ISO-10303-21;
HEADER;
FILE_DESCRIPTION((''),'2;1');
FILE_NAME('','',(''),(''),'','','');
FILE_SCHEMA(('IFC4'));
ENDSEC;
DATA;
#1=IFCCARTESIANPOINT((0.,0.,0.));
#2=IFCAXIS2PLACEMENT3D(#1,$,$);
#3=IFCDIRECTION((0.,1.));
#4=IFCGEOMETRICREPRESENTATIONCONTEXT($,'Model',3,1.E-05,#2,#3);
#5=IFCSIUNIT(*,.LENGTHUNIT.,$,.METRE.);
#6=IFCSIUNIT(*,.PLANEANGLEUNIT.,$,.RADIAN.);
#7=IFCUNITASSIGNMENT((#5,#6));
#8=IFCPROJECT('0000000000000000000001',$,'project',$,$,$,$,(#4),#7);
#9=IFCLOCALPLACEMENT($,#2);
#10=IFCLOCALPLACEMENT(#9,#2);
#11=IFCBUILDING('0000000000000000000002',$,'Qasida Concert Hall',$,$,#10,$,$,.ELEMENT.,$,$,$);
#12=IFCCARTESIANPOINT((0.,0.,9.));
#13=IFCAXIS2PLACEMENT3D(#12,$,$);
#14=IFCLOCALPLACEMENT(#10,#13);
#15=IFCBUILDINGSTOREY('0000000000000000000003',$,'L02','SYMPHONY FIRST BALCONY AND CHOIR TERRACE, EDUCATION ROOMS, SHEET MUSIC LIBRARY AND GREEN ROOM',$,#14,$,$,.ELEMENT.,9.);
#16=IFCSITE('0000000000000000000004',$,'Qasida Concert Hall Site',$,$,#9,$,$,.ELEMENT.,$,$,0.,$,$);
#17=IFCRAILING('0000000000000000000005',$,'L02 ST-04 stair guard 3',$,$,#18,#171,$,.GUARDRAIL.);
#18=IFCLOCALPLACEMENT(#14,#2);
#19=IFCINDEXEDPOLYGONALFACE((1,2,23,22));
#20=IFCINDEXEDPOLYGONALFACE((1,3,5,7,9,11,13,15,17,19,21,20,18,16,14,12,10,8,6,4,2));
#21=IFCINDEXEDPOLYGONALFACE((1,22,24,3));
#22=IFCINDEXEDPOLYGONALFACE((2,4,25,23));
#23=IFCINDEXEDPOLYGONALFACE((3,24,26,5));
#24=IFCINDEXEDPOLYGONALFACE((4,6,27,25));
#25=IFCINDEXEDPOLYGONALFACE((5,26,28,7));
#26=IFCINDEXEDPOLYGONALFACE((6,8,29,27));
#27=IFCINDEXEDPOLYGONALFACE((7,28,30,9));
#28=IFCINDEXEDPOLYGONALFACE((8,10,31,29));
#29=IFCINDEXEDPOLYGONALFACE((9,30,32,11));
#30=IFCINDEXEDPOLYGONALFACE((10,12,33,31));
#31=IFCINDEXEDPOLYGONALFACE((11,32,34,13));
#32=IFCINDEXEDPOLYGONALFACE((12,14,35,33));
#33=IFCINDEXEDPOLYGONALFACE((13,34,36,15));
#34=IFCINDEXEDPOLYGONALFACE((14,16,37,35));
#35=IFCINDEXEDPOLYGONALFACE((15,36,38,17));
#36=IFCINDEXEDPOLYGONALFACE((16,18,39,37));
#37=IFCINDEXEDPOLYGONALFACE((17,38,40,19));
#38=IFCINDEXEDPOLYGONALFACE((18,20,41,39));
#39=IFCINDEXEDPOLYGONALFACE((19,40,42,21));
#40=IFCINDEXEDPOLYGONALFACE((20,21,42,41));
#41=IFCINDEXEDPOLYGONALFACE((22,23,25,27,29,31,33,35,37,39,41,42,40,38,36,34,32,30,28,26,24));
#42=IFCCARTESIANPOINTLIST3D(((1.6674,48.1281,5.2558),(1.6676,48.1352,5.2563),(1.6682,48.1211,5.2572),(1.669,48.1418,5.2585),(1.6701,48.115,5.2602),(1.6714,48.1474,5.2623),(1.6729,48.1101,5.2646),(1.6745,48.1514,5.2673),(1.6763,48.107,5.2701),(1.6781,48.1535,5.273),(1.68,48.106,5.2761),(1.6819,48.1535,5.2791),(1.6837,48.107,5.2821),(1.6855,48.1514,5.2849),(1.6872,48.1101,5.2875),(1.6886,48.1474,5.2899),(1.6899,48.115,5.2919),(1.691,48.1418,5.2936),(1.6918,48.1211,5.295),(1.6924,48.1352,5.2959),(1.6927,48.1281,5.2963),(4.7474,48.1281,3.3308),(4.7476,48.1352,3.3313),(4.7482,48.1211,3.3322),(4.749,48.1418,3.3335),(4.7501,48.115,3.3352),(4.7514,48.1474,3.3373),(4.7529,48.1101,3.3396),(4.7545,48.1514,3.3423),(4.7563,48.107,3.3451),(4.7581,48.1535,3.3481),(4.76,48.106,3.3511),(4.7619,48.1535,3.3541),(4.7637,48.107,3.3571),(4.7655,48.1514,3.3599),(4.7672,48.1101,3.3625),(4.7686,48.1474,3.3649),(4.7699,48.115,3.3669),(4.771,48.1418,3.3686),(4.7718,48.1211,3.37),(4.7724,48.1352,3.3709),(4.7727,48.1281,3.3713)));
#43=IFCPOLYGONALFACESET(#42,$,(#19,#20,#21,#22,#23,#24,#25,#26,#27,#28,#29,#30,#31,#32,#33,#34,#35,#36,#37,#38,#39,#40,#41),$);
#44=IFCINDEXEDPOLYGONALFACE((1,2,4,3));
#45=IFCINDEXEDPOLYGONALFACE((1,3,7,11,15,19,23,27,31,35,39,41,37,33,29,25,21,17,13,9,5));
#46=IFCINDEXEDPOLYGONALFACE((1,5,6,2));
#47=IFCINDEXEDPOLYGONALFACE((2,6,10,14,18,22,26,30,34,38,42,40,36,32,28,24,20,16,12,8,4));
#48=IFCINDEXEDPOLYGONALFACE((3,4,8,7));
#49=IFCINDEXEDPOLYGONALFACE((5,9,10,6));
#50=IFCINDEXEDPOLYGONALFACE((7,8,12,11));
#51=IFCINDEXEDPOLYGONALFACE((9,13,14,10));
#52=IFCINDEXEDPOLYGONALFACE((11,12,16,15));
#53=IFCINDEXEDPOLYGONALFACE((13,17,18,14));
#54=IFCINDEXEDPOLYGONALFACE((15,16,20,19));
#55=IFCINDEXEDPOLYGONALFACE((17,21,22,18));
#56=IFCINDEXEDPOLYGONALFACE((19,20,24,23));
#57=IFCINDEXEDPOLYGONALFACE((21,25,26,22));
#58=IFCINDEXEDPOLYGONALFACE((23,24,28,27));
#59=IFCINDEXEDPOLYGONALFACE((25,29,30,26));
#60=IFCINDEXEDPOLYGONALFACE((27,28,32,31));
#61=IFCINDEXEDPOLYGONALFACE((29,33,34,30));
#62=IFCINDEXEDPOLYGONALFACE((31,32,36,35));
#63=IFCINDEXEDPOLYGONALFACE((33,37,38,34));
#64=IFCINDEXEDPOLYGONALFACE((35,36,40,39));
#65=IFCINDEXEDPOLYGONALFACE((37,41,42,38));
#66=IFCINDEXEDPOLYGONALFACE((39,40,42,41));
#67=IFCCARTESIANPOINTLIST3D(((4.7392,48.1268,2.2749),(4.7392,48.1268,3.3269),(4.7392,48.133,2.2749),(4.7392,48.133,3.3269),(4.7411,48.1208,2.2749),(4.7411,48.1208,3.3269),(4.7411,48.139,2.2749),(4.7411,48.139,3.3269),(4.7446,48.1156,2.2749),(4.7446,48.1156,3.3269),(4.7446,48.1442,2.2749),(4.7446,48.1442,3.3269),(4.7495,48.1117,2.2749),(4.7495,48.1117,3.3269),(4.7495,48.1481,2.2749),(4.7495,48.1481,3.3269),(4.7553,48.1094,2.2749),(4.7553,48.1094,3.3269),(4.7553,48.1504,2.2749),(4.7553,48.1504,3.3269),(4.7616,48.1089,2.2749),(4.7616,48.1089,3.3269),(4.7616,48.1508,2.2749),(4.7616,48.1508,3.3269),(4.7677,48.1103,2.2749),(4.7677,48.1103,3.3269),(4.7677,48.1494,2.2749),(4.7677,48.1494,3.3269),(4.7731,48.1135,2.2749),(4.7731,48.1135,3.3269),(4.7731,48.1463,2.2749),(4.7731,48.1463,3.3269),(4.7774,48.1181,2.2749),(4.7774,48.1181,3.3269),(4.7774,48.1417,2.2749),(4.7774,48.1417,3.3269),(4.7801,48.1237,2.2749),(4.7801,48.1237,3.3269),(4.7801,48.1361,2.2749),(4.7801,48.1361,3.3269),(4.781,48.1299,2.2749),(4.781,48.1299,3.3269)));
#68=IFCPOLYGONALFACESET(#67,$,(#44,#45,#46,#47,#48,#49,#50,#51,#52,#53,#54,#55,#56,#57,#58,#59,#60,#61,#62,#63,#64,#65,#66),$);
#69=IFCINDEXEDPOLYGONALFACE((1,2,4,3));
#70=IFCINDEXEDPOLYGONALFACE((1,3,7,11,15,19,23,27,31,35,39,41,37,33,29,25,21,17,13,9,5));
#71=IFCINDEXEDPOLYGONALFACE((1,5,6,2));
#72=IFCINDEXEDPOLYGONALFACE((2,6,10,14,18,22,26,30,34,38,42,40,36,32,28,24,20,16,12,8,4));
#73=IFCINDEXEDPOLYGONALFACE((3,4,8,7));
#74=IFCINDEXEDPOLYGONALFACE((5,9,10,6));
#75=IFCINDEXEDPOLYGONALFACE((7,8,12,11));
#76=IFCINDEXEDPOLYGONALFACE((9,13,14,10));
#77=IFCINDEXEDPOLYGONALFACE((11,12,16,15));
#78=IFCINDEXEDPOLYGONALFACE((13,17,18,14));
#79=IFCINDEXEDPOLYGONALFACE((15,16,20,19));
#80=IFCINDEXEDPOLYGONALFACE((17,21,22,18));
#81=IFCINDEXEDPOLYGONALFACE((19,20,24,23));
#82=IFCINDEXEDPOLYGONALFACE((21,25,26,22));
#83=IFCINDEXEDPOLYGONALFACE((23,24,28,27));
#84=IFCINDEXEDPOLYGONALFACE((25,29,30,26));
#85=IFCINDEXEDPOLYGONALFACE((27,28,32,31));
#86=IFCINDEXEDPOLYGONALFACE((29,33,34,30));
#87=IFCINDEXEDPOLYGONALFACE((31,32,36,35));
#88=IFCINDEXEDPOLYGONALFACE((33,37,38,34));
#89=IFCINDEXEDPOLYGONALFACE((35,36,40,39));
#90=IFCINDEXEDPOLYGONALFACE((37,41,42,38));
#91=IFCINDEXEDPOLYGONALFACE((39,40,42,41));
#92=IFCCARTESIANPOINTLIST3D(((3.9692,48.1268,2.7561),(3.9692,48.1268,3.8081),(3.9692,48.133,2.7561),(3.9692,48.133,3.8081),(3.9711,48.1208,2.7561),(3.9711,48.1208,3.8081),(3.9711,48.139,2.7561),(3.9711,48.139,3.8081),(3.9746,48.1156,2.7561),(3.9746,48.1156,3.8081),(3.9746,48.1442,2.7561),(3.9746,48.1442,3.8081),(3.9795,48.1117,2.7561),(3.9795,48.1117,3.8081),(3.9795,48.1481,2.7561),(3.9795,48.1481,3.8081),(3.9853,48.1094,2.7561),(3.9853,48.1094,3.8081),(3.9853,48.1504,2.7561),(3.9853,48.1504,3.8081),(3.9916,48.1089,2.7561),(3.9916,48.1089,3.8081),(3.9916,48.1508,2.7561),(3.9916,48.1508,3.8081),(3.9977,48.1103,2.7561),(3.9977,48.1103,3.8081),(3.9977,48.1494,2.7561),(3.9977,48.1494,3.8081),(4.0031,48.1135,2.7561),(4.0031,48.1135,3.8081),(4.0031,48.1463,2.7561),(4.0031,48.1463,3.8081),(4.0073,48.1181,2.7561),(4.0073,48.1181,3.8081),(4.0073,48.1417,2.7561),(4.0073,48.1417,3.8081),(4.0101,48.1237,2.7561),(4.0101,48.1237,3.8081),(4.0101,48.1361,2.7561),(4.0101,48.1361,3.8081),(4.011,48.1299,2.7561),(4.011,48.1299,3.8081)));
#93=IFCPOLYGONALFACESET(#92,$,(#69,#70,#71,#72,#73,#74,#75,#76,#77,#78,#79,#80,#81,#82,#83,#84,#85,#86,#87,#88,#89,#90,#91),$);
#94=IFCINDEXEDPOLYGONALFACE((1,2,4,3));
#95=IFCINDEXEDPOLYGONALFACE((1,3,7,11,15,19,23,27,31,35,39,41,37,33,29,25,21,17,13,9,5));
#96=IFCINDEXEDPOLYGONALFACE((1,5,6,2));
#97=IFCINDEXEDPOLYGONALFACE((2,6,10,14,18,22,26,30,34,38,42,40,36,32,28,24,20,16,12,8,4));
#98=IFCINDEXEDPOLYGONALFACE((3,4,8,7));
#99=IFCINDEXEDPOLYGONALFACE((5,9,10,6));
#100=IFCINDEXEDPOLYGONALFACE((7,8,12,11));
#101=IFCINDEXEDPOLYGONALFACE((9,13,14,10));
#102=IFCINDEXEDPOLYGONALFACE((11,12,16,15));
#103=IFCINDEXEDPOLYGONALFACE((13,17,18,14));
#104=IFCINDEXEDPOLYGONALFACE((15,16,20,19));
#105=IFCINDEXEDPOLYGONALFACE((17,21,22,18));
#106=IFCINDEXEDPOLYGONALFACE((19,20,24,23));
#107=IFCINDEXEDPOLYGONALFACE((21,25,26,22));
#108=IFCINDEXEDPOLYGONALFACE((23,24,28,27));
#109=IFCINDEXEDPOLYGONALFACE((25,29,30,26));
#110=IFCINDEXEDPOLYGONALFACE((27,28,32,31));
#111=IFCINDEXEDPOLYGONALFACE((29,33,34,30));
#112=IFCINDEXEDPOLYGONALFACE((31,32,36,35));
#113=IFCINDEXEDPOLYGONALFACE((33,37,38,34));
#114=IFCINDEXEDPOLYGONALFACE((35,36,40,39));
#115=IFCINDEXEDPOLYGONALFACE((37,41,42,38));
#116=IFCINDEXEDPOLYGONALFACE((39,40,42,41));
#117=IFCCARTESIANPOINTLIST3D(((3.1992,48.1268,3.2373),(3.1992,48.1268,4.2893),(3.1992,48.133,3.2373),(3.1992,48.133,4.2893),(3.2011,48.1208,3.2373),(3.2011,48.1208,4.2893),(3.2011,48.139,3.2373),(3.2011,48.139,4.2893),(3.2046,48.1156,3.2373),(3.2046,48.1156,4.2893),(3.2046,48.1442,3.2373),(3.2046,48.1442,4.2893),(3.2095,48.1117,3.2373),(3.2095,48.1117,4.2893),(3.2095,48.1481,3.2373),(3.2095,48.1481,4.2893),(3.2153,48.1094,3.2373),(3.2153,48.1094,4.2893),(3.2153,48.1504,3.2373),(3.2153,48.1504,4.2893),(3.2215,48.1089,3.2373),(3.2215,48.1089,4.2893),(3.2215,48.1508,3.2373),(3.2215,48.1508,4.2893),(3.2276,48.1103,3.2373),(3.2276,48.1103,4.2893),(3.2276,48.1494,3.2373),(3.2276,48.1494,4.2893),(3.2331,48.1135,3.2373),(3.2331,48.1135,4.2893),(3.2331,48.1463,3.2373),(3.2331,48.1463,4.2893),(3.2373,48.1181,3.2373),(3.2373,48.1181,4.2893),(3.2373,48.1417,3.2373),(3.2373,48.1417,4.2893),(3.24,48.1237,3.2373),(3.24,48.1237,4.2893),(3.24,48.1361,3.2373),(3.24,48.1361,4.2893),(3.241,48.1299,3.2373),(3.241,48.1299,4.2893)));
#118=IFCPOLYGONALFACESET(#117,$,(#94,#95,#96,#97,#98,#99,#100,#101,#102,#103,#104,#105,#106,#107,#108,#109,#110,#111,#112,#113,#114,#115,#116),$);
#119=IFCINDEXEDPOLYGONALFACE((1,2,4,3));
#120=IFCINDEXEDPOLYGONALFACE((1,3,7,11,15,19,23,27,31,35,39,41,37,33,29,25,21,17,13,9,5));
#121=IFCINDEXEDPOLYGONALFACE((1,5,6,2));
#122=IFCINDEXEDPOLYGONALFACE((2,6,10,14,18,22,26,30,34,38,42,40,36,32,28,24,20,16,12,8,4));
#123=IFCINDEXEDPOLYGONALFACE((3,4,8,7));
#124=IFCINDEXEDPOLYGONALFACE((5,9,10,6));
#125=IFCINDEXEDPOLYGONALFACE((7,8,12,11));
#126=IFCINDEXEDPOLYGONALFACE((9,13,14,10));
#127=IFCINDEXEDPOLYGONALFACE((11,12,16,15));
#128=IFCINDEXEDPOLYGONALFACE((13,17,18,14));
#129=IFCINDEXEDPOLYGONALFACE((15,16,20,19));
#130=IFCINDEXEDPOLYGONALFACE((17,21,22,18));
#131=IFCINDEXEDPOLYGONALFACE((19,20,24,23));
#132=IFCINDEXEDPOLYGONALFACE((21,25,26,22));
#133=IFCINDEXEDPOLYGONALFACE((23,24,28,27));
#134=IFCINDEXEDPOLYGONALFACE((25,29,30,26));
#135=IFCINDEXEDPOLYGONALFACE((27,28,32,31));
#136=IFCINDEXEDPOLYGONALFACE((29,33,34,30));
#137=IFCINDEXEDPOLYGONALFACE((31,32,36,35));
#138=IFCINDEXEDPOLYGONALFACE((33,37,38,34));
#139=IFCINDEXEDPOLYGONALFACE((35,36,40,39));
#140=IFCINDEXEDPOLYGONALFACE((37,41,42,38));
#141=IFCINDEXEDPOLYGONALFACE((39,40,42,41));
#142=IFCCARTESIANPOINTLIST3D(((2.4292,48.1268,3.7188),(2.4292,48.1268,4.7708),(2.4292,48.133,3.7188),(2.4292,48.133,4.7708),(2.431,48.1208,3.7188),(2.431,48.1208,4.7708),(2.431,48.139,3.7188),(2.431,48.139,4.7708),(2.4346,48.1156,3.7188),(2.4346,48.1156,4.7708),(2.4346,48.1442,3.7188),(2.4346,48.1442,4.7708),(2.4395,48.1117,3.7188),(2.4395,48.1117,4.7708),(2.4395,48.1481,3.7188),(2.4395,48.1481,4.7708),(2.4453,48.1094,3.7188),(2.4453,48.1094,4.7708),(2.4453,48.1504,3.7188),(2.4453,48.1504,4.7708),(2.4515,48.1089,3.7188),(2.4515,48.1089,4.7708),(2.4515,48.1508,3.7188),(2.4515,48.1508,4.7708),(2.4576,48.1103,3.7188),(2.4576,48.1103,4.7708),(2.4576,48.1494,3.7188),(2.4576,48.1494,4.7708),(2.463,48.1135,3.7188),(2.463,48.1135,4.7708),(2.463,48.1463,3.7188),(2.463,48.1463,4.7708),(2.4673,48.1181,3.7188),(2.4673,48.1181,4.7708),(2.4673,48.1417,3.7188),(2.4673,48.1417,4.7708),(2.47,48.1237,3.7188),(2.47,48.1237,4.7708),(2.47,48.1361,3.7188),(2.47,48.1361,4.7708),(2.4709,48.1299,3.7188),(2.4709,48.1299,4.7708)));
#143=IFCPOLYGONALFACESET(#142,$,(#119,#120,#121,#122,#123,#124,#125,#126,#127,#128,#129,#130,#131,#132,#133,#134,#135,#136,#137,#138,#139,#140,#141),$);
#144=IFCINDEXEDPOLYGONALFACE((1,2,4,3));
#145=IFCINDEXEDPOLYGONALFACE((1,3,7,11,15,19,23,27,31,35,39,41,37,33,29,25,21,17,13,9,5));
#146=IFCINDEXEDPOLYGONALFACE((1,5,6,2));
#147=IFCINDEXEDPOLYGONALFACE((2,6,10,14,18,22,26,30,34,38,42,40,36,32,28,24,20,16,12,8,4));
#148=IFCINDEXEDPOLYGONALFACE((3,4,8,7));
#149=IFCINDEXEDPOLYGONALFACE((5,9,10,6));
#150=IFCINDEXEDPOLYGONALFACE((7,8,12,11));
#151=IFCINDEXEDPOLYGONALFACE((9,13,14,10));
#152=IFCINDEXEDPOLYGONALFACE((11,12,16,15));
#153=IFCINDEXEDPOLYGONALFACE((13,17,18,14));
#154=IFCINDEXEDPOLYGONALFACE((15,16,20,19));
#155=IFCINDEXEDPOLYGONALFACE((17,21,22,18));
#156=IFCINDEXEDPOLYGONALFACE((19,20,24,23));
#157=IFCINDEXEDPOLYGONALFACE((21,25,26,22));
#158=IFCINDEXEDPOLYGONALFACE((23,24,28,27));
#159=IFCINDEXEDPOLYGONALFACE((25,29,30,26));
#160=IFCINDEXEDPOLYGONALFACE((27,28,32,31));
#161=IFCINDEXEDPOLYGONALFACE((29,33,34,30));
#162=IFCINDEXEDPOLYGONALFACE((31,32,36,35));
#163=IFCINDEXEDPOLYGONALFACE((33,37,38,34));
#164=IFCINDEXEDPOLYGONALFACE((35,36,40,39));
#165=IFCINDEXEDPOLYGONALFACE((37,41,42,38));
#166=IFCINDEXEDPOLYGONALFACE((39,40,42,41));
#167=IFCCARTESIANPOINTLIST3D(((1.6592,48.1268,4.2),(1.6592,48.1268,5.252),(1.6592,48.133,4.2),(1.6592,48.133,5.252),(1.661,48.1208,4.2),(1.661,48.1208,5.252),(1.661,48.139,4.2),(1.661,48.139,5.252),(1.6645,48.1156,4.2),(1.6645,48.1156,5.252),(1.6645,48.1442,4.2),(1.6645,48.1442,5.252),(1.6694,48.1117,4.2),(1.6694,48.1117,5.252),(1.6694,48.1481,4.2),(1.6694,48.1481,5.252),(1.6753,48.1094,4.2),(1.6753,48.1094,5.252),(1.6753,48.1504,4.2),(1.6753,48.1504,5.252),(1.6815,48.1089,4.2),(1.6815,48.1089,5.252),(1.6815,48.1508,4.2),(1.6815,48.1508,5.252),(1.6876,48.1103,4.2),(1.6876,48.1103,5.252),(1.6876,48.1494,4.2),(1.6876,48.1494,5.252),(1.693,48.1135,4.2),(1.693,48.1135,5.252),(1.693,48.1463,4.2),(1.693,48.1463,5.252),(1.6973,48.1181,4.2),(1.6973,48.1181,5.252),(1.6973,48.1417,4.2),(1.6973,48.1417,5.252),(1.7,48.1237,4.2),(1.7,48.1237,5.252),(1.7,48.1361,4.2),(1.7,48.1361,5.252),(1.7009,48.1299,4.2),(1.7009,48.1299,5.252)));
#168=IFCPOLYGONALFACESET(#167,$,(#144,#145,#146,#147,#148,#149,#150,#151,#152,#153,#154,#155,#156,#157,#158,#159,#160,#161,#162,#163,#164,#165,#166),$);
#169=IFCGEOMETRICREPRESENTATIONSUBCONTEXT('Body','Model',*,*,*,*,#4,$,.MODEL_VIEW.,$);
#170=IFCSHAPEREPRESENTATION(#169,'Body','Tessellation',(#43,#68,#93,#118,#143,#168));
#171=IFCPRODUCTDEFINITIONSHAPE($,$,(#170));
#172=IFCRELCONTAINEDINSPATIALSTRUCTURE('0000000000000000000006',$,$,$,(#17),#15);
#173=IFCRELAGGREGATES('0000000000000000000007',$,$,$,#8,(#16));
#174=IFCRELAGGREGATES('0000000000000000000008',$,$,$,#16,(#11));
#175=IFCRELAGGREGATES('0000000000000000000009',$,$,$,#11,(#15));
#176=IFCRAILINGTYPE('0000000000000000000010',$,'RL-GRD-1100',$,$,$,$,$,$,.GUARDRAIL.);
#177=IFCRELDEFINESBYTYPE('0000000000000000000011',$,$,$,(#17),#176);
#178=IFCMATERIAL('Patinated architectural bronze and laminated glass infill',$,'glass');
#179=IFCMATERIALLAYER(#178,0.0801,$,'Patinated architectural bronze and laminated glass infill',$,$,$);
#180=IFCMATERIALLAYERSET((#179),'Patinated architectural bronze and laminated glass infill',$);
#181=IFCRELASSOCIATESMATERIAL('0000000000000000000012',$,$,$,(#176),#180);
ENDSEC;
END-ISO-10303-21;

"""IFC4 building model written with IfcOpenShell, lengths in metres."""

from ifc_helpers import new_model, si_unit, direction, frame, origin, origin_2d, place, context, subcontext, project, spatial, circle, extrude, material, layer, layer_set, type_object, element, save


model = new_model("IFC4")

# Units and contexts
model_context = context("Model", 3, precision=1e-05, world=origin(), true_north=direction((0.0, 1.0)))
body_context = subcontext(model_context, "Body", "Model", "MODEL_VIEW")
ifc_project = project(units=[si_unit("LENGTHUNIT", "METRE"), si_unit("PLANEANGLEUNIT", "RADIAN")], contexts=[model_context])

# Site, building, storey
site_placement = place(None, origin())
site = spatial("IfcSite", under=ifc_project, at=site_placement, Name="Qasida Concert Hall Site", CompositionType="ELEMENT", RefElevation=0.0)
building_placement = place(site_placement, origin())
building = spatial("IfcBuilding", under=site, at=building_placement, Name="Qasida Concert Hall", CompositionType="ELEMENT")
storey_placement = place(building_placement, frame((0.0, 0.0, 9.0)))
storey = spatial("IfcBuildingStorey", under=building, at=storey_placement, Name="L02", Description="SYMPHONY FIRST BALCONY AND CHOIR TERRACE, EDUCATION ROOMS, SHEET MUSIC LIBRARY AND GREEN ROOM", CompositionType="ELEMENT", Elevation=9.0)

# Railing
ifc_material_1 = material(Name="Patinated architectural bronze and laminated glass infill", Category="glass")
ifc_layer_1 = layer(ifc_material_1, 0.0801, Name="Patinated architectural bronze and laminated glass infill")
ifc_layer_set_1 = layer_set([ifc_layer_1], Name="Patinated architectural bronze and laminated glass infill")
railing_type_1 = type_object("IfcRailingType", Name="RL-GRD-1100", PredefinedType="GUARDRAIL", material=ifc_layer_set_1)
railing_1_placement = place(storey_placement, frame((4.76, 48.1299, 2.2749)))
element("IfcRailing", 1, at=railing_1_placement, inside=storey, type_object=railing_type_1, Name="L02 ST-04 stair guard 3", PredefinedType="GUARDRAIL", context=body_context, shape_type="SweptSolid", body=[
    extrude(circle(Radius=0.0239, at=origin_2d()), frame((0.0, 0.0, 1.0762), z_axis=(-0.847998, 0.0, 0.529999), x_axis=(0.0, -1.0, 0.0)), (0.0, 0.0, 1.0), 3.6321),
    extrude(circle(Radius=0.021, at=origin_2d()), origin(), (0.0, 0.0, 1.0), 1.052),
    extrude(circle(Radius=0.021, at=origin_2d()), frame((-0.77, 0.0, 0.4812)), (0.0, 0.0, 1.0), 1.052),
    extrude(circle(Radius=0.021, at=origin_2d()), frame((-1.54, 0.0, 0.9624)), (0.0, 0.0, 1.0), 1.052),
    extrude(circle(Radius=0.021, at=origin_2d()), frame((-2.3101, 0.0, 1.4438)), (0.0, 0.0, 1.0), 1.052),
    extrude(circle(Radius=0.021, at=origin_2d()), frame((-3.0801, 0.0, 1.925)), (0.0, 0.0, 1.0), 1.052),
])

save(model, "model.ifc")
